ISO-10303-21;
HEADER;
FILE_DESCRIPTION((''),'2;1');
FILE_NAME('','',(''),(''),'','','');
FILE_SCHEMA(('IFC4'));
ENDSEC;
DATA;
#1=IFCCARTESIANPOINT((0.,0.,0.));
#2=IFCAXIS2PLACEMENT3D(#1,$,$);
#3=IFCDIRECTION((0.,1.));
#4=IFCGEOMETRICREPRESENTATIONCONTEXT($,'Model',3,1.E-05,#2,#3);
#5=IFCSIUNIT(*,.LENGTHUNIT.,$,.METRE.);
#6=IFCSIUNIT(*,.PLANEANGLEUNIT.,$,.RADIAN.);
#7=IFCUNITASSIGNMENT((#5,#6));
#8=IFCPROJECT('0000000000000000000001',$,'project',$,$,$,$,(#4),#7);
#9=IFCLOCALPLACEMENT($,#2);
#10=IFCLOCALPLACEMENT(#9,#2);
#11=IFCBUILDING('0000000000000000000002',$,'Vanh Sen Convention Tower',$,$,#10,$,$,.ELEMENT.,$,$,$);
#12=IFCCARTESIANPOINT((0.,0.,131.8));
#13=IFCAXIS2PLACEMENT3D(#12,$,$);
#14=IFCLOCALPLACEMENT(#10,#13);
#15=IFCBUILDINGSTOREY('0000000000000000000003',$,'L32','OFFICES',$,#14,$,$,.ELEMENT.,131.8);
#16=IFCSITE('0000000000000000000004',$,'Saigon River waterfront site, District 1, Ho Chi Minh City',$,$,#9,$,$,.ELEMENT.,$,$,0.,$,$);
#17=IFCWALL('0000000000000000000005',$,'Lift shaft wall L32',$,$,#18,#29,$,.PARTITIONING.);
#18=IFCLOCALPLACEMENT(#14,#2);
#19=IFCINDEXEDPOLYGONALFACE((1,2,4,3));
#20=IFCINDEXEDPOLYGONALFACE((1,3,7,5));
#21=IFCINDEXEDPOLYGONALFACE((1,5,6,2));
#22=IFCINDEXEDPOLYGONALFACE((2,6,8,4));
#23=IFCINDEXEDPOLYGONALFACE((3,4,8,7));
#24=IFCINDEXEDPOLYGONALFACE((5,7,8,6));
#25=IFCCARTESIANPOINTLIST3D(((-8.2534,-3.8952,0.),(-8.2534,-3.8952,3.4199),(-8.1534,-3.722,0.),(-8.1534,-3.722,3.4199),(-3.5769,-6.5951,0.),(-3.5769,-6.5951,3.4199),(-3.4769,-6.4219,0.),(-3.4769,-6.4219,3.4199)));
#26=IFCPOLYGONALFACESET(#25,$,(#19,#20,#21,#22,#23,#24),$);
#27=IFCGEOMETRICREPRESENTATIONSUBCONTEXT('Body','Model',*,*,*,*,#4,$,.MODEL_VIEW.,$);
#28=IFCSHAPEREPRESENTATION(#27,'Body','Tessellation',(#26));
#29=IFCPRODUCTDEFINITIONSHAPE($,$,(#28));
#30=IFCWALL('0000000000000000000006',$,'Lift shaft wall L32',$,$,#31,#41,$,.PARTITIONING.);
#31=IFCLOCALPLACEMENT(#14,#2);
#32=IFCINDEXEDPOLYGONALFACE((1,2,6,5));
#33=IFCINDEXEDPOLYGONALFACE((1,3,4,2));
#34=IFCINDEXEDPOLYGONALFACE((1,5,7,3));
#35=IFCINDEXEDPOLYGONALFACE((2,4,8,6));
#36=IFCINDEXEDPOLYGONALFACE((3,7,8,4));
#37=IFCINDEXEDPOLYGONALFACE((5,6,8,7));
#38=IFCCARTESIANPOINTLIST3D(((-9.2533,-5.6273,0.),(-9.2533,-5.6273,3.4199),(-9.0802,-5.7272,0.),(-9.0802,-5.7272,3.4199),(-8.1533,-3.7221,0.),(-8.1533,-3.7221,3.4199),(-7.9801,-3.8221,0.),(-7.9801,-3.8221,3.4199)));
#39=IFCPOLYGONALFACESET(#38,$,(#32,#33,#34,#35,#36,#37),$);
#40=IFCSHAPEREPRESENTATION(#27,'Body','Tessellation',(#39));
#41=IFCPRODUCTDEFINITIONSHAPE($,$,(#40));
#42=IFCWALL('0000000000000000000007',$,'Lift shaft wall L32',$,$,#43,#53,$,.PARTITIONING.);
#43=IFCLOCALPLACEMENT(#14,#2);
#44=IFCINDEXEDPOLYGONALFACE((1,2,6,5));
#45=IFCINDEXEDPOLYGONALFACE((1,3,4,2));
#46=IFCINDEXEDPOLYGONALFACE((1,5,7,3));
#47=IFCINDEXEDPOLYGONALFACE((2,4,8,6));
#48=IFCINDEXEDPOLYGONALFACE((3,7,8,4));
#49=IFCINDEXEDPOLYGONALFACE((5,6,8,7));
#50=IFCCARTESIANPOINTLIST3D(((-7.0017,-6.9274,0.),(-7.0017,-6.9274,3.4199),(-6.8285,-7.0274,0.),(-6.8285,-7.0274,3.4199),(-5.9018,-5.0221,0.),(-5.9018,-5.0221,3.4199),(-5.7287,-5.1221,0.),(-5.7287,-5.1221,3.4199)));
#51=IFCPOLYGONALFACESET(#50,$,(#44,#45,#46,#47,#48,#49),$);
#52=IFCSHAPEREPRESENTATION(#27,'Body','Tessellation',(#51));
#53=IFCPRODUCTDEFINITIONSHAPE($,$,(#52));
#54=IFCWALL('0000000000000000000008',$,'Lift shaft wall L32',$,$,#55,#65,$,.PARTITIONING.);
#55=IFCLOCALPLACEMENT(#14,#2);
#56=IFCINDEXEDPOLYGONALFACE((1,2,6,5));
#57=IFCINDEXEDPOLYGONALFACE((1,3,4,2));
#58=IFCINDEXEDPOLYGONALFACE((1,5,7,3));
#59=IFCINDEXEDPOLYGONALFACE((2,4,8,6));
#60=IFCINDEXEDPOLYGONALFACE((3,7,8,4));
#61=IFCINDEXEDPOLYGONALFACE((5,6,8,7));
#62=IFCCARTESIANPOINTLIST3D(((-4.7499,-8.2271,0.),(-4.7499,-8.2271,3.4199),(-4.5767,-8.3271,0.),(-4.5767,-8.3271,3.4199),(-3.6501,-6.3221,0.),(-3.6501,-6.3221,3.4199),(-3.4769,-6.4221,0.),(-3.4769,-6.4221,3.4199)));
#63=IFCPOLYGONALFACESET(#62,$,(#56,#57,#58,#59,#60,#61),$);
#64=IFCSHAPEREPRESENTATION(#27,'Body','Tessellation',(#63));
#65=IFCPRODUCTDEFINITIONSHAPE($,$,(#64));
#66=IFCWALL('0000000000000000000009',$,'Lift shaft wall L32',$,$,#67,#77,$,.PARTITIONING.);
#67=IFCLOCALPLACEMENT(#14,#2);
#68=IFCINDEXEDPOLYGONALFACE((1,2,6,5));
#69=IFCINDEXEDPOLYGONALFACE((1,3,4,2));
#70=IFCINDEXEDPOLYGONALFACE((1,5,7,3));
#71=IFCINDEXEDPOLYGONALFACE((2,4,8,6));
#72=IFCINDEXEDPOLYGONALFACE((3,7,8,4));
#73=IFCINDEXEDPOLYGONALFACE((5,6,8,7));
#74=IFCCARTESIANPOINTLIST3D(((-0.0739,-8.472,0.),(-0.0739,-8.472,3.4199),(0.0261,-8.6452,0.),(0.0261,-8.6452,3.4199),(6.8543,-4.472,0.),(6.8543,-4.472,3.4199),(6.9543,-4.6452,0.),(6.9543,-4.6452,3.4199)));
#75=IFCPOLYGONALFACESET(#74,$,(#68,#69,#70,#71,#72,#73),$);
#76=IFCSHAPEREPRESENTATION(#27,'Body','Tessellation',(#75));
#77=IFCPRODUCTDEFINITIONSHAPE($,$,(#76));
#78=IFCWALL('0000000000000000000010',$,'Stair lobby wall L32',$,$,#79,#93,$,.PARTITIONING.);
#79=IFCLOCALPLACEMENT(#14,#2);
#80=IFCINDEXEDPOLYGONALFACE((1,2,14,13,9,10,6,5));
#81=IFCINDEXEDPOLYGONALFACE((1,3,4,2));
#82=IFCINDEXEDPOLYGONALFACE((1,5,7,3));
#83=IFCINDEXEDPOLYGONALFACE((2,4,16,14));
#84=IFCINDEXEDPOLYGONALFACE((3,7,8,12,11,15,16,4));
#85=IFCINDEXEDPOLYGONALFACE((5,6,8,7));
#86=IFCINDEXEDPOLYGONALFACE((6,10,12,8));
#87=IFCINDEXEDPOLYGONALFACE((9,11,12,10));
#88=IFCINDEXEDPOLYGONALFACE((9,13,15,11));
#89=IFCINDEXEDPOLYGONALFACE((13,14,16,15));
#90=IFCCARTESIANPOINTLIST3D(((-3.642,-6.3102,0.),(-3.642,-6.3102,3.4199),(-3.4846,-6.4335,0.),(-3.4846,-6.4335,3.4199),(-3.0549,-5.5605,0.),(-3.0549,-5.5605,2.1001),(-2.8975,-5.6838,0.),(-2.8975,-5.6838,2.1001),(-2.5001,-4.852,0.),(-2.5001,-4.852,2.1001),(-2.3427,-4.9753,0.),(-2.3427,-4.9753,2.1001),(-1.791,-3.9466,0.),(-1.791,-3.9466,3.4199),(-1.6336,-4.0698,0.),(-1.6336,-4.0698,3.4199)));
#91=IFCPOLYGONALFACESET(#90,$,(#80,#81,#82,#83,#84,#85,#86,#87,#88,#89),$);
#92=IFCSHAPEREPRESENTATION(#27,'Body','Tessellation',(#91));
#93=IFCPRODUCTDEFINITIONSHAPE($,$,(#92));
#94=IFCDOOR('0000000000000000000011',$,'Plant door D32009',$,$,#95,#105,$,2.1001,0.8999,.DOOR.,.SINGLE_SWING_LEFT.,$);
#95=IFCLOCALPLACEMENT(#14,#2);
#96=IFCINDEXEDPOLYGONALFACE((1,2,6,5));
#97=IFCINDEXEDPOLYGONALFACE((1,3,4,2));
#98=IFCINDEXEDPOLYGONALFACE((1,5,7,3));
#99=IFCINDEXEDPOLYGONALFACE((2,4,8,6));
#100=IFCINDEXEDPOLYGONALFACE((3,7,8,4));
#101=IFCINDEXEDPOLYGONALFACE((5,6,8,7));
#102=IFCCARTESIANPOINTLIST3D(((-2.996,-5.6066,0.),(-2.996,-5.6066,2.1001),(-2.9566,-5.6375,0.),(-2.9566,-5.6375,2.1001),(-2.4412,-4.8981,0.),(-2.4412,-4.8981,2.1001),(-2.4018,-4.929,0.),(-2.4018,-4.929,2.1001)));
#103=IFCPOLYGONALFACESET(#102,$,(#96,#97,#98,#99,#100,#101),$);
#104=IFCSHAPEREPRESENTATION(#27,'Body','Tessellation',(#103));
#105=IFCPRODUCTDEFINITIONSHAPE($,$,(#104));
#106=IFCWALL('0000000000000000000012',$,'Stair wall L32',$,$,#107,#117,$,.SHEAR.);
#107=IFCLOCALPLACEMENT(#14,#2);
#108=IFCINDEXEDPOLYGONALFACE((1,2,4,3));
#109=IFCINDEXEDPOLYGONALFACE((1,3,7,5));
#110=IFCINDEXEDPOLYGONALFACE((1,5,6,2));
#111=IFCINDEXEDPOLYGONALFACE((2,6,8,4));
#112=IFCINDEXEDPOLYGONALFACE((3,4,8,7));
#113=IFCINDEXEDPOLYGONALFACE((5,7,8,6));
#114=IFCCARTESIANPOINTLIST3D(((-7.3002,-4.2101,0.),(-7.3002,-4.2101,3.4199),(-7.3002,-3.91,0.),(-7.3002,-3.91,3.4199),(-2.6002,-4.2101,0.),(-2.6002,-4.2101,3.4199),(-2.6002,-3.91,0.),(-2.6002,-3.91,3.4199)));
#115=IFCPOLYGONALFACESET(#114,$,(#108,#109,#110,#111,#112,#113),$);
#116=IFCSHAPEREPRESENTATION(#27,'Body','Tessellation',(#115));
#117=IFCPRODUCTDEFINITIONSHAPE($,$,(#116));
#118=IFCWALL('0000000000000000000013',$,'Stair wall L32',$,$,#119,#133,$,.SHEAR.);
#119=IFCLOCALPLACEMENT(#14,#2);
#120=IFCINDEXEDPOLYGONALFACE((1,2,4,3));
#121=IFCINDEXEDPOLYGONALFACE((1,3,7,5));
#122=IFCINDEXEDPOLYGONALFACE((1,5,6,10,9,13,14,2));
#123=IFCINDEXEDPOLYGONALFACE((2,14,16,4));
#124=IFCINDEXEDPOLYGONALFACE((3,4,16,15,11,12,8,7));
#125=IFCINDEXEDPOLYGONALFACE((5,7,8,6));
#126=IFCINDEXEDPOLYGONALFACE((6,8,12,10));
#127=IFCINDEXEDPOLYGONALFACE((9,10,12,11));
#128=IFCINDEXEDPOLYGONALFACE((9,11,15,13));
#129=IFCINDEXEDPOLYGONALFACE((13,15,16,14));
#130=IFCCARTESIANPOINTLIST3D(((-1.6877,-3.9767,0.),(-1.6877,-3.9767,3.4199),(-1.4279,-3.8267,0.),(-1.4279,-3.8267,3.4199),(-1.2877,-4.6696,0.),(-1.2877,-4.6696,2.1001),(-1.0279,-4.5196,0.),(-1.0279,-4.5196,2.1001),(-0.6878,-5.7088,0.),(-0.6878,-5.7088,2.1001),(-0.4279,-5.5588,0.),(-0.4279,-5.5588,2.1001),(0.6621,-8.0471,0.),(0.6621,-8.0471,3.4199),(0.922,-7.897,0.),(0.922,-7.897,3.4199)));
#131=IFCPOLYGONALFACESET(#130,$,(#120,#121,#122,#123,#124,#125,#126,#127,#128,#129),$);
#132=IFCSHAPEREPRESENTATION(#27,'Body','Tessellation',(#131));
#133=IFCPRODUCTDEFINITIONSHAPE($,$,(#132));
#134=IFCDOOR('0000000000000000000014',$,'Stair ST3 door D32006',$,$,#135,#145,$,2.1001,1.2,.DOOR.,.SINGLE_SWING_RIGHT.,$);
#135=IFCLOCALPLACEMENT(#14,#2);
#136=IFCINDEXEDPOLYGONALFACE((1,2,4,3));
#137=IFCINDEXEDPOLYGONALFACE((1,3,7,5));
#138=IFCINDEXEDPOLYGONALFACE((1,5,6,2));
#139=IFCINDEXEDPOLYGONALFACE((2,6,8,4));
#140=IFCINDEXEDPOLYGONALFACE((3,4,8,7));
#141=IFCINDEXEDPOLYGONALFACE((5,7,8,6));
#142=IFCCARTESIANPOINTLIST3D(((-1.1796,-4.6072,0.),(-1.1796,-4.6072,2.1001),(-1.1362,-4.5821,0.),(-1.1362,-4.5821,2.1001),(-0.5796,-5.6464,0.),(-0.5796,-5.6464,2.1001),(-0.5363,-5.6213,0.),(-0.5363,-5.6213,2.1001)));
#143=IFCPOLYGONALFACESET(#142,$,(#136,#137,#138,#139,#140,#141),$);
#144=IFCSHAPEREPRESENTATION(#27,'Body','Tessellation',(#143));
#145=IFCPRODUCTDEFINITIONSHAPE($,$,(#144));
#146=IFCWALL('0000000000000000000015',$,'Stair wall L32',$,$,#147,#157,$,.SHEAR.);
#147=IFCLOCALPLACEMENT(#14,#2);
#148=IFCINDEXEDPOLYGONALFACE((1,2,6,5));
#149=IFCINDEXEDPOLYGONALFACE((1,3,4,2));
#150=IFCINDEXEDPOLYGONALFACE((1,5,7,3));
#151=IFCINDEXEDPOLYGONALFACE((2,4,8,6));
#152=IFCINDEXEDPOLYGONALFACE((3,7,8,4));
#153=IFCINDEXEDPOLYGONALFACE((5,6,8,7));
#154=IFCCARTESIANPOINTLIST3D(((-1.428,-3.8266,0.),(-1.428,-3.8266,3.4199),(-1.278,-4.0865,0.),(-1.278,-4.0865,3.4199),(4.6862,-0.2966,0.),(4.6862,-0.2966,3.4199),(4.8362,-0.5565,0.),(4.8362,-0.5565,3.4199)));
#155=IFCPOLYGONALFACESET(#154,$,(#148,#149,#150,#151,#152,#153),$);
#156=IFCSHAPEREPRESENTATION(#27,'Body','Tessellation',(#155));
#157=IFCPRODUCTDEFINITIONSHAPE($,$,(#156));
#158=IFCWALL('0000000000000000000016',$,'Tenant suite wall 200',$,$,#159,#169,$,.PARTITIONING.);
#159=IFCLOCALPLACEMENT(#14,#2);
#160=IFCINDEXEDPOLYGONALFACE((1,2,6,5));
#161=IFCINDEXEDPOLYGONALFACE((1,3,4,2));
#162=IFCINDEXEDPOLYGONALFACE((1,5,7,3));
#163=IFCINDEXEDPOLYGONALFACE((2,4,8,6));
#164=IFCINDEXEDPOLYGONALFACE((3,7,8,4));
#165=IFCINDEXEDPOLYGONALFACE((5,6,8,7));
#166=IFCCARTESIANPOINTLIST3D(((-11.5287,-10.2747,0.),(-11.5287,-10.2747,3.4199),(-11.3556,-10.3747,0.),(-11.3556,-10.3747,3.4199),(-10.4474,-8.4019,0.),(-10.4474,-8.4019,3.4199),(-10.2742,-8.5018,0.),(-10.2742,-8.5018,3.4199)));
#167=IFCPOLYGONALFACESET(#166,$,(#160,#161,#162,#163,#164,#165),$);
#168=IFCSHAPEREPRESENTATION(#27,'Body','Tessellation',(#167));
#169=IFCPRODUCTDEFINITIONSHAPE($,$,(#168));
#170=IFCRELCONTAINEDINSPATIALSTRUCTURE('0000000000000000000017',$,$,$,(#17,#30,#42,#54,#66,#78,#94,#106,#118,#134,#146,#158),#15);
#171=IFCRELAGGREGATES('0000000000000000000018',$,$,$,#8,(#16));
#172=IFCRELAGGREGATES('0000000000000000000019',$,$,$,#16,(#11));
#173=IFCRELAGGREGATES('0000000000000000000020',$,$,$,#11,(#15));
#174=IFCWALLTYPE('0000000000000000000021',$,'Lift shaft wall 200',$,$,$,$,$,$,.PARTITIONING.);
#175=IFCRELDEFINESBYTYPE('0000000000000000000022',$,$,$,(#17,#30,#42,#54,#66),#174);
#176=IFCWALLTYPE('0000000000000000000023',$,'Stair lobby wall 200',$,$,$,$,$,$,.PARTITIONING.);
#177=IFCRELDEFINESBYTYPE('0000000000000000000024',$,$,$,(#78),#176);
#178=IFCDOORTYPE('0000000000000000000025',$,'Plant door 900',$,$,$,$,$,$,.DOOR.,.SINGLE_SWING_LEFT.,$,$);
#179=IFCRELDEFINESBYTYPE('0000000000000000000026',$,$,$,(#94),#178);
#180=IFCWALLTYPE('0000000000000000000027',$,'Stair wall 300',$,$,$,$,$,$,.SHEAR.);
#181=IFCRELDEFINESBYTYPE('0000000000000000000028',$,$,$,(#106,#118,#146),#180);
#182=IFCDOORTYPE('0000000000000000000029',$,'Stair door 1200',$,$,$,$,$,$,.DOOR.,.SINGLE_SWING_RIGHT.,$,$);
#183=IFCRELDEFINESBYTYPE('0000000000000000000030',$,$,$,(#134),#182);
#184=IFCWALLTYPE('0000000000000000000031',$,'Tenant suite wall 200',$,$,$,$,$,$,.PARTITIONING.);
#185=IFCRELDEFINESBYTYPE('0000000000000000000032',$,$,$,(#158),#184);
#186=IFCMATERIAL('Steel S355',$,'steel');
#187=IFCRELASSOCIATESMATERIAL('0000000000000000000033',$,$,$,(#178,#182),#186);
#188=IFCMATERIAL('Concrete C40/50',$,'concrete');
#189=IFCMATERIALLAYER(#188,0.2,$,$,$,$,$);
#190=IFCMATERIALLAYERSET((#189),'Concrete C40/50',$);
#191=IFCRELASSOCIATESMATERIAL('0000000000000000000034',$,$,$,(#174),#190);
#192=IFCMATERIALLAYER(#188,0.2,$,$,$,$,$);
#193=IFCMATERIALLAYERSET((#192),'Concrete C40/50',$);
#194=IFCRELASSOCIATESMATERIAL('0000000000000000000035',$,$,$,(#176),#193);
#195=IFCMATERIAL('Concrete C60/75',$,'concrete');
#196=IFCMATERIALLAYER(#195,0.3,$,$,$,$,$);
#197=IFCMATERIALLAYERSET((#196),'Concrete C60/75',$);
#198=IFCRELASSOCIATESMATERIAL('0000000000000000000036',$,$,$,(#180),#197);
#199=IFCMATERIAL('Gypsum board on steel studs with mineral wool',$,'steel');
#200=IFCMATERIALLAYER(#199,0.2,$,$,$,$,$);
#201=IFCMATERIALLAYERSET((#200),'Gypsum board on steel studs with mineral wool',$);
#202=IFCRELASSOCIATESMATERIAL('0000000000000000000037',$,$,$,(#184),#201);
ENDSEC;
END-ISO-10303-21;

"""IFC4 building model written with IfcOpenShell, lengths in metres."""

from ifc_helpers import new_model, si_unit, direction, frame, frame_2d, origin, place, context, subcontext, project, spatial, rectangle, extrude, material, layer, layer_set, type_object, element, fill, save


model = new_model("IFC4")

# Units and contexts
model_context = context("Model", 3, precision=1e-05, world=origin(), true_north=direction((0.0, 1.0)))
body_context = subcontext(model_context, "Body", "Model", "MODEL_VIEW")
ifc_project = project(units=[si_unit("LENGTHUNIT", "METRE"), si_unit("PLANEANGLEUNIT", "RADIAN")], contexts=[model_context])

# Site, building, storey
site_placement = place(None, origin())
site = spatial("IfcSite", under=ifc_project, at=site_placement, Name="Saigon River waterfront site, District 1, Ho Chi Minh City", CompositionType="ELEMENT", RefElevation=0.0)
building_placement = place(site_placement, origin())
building = spatial("IfcBuilding", under=site, at=building_placement, Name="Vanh Sen Convention Tower", CompositionType="ELEMENT")
storey_placement = place(building_placement, frame((0.0, 0.0, 131.8)))
storey = spatial("IfcBuildingStorey", under=building, at=storey_placement, Name="L32", Description="OFFICES", CompositionType="ELEMENT", Elevation=131.8)

# Shared definitions
ifc_material_1 = material(Name="Concrete C40/50", Category="concrete")

# Shared definitions
ifc_material_2 = material(Name="Steel S355", Category="steel")
door_type_1 = type_object("IfcDoorType", Name="Plant door 900", OperationType="SINGLE_SWING_LEFT", PredefinedType="DOOR", material=ifc_material_2)

# Shared definitions
ifc_material_3 = material(Name="Gypsum board on steel studs with mineral wool", Category="steel")

# Walls
ifc_layer_1 = layer(ifc_material_1, 0.2)
ifc_layer_set_1 = layer_set([ifc_layer_1], Name="Concrete C40/50")
wall_type_1 = type_object("IfcWallType", Name="Lift shaft wall 200", PredefinedType="PARTITIONING", material=ifc_layer_set_1)
wall_1_placement = place(storey_placement, frame((-8.2034, -3.8086, 0.0), z_axis=(0.0, 0.0, 1.0), x_axis=(0.866028, -0.499995, 0.0)))
element("IfcWall", 1, at=wall_1_placement, inside=storey, type_object=wall_type_1, Name="Lift shaft wall L32", PredefinedType="PARTITIONING", context=body_context, shape_type="SweptSolid", body=[
    extrude(rectangle(XDim=5.3999, YDim=0.2, at=frame_2d((2.7, 0.0))), origin(), (0.0, 0.0, 1.0), 3.4199),
])
for number, where, z_axis, x_axis, name in (
    (2, (-8.0667, -3.772, 0.0), (0.0, 0.0, 1.0), (-0.50003, -0.866008, 0.0), "Lift shaft wall L32"),
    (3, (-5.8152, -5.072, 0.0), (0.0, 0.0, 1.0), (-0.499947, -0.866056, 0.0), "Lift shaft wall L32"),
):
    element("IfcWall", number, at=place(storey_placement, frame(where, z_axis=z_axis, x_axis=x_axis)), inside=storey, type_object=wall_type_1, Name=name, PredefinedType="PARTITIONING", context=body_context, shape_type="SweptSolid", body=[
        extrude(rectangle(XDim=2.2, YDim=0.2, at=frame_2d((1.1001, 0.0))), origin(), (0.0, 0.0, 1.0), 3.4199),
    ])
wall_2_placement = place(storey_placement, frame((-3.5635, -6.3721, 0.0), z_axis=(0.0, 0.0, 1.0), x_axis=(-0.499995, -0.866028, 0.0)))
element("IfcWall", 4, at=wall_2_placement, inside=storey, type_object=wall_type_1, Name="Lift shaft wall L32", PredefinedType="PARTITIONING", context=body_context, shape_type="SweptSolid", body=[
    extrude(rectangle(XDim=2.1997, YDim=0.2, at=frame_2d((1.0999, 0.0))), origin(), (0.0, 0.0, 1.0), 3.4199),
])
wall_3_placement = place(storey_placement, frame((-0.0239, -8.5586, 0.0), z_axis=(0.0, 0.0, 1.0), x_axis=(0.866026, 0.499999, 0.0)))
element("IfcWall", 5, at=wall_3_placement, inside=storey, type_object=wall_type_1, Name="Lift shaft wall L32", PredefinedType="PARTITIONING", context=body_context, shape_type="SweptSolid", body=[
    extrude(rectangle(XDim=8.0, YDim=0.2, at=frame_2d((4.0, 0.0))), origin(), (0.0, 0.0, 1.0), 3.4199),
])

# Wall, opening, door
ifc_layer_2 = layer(ifc_material_1, 0.2)
ifc_layer_set_2 = layer_set([ifc_layer_2], Name="Concrete C40/50")
wall_type_2 = type_object("IfcWallType", Name="Stair lobby wall 200", PredefinedType="PARTITIONING", material=ifc_layer_set_2)
wall_4_placement = place(storey_placement, frame((-1.7124, -4.0083, 0.0), z_axis=(0.0, 0.0, 1.0), x_axis=(-0.616549, -0.787316, 0.0)))
wall_4 = element("IfcWall", 6, at=wall_4_placement, inside=storey, type_object=wall_type_2, Name="Stair lobby wall L32", PredefinedType="PARTITIONING", context=body_context, shape_type="SweptSolid", body=[
    extrude(rectangle(XDim=3.0022, YDim=0.2, at=frame_2d((1.501, 0.0))), origin(), (0.0, 0.0, 1.0), 3.4199),
])
opening_1_placement = place(wall_4_placement, frame((1.1499, 0.0, 0.0)))
opening_1 = element("IfcOpeningElement", 7, at=opening_1_placement, cuts=wall_4, PredefinedType="OPENING", context=body_context, shape_type="SweptSolid", body=[
    extrude(rectangle(XDim=0.8999, YDim=2.1001, at=frame_2d((0.45, 1.05))), frame((0.0, 0.1099, 0.0), z_axis=(0.0, -1.0, 0.0), x_axis=(1.0, 0.0, 0.0)), (0.0, 0.0, 1.0), 0.22),
])
door_1_placement = place(opening_1_placement, origin())
door_1 = element("IfcDoor", 8, at=door_1_placement, inside=storey, type_object=door_type_1, Name="Plant door D32009", OperationType="SINGLE_SWING_LEFT", OverallHeight=2.1001, OverallWidth=0.8999, PredefinedType="DOOR", context=body_context, shape_type="SweptSolid", body=[
    extrude(rectangle(XDim=0.8999, YDim=2.1001, at=frame_2d((0.45, 1.05))), frame((0.0, 0.0249, 0.0), z_axis=(0.0, -1.0, 0.0), x_axis=(1.0, 0.0, 0.0)), (0.0, 0.0, 1.0), 0.05),
])
fill(opening_1, door_1)

# Wall
ifc_material_4 = material(Name="Concrete C60/75", Category="concrete")
ifc_layer_3 = layer(ifc_material_4, 0.3)
ifc_layer_set_3 = layer_set([ifc_layer_3], Name="Concrete C60/75")
wall_type_3 = type_object("IfcWallType", Name="Stair wall 300", PredefinedType="SHEAR", material=ifc_layer_set_3)
wall_5_placement = place(storey_placement, frame((-2.6001, -4.0601, 0.0), z_axis=(0.0, 0.0, 1.0), x_axis=(-1.0, 0.0, 0.0)))
element("IfcWall", 9, at=wall_5_placement, inside=storey, type_object=wall_type_3, Name="Stair wall L32", PredefinedType="SHEAR", context=body_context, shape_type="SweptSolid", body=[
    extrude(rectangle(XDim=4.7, YDim=0.3, at=frame_2d((2.3501, 0.0))), origin(), (0.0, 0.0, 1.0), 3.4199),
])

# Wall, opening, door
wall_6_placement = place(storey_placement, frame((-1.5579, -3.9016, 0.0), z_axis=(0.0, 0.0, 1.0), x_axis=(0.499977, -0.866039, 0.0)))
wall_6 = element("IfcWall", 10, at=wall_6_placement, inside=storey, type_object=wall_type_3, Name="Stair wall L32", PredefinedType="SHEAR", context=body_context, shape_type="SweptSolid", body=[
    extrude(rectangle(XDim=4.7, YDim=0.3, at=frame_2d((2.3501, 0.0))), origin(), (0.0, 0.0, 1.0), 3.4199),
])
opening_2_placement = place(wall_6_placement, frame((0.8, 0.0, 0.0)))
opening_2 = element("IfcOpeningElement", 11, at=opening_2_placement, cuts=wall_6, PredefinedType="OPENING", context=body_context, shape_type="SweptSolid", body=[
    extrude(rectangle(XDim=1.2, YDim=2.1001, at=frame_2d((0.6001, 1.05))), frame((0.0, 0.1599, 0.0), z_axis=(0.0, -1.0, 0.0), x_axis=(1.0, 0.0, 0.0)), (0.0, 0.0, 1.0), 0.3201),
])
door_type_2 = type_object("IfcDoorType", Name="Stair door 1200", OperationType="SINGLE_SWING_RIGHT", PredefinedType="DOOR", material=ifc_material_2)
door_2_placement = place(opening_2_placement, origin())
door_2 = element("IfcDoor", 12, at=door_2_placement, inside=storey, type_object=door_type_2, Name="Stair ST3 door D32006", OperationType="SINGLE_SWING_RIGHT", OverallHeight=2.1001, OverallWidth=1.2, PredefinedType="DOOR", context=body_context, shape_type="SweptSolid", body=[
    extrude(rectangle(XDim=1.2, YDim=2.1001, at=frame_2d((0.6001, 1.05))), frame((0.0, 0.0249, 0.0), z_axis=(0.0, -1.0, 0.0), x_axis=(1.0, 0.0, 0.0)), (0.0, 0.0, 1.0), 0.05),
])
fill(opening_2, door_2)

# Walls
wall_7_placement = place(storey_placement, frame((-1.353, -3.9565, 0.0), z_axis=(0.0, 0.0, 1.0), x_axis=(0.866028, 0.499996, 0.0)))
element("IfcWall", 13, at=wall_7_placement, inside=storey, type_object=wall_type_3, Name="Stair wall L32", PredefinedType="SHEAR", context=body_context, shape_type="SweptSolid", body=[
    extrude(rectangle(XDim=7.0601, YDim=0.3, at=frame_2d((3.53, 0.0))), origin(), (0.0, 0.0, 1.0), 3.4199),
])
ifc_layer_4 = layer(ifc_material_3, 0.2)
ifc_layer_set_4 = layer_set([ifc_layer_4], Name="Gypsum board on steel studs with mineral wool")
wall_type_4 = type_object("IfcWallType", Name="Tenant suite wall 200", PredefinedType="PARTITIONING", material=ifc_layer_set_4)
wall_8_placement = place(storey_placement, frame((-11.4421, -10.3247, 0.0), z_axis=(0.0, 0.0, 1.0), x_axis=(0.500012, 0.866018, 0.0)))
element("IfcWall", 14, at=wall_8_placement, inside=storey, type_object=wall_type_4, Name="Tenant suite wall 200", PredefinedType="PARTITIONING", context=body_context, shape_type="SweptSolid", body=[
    extrude(rectangle(XDim=2.1626, YDim=0.2, at=frame_2d((1.0813, 0.0))), origin(), (0.0, 0.0, 1.0), 3.4199),
])

save(model, "model.ifc")
